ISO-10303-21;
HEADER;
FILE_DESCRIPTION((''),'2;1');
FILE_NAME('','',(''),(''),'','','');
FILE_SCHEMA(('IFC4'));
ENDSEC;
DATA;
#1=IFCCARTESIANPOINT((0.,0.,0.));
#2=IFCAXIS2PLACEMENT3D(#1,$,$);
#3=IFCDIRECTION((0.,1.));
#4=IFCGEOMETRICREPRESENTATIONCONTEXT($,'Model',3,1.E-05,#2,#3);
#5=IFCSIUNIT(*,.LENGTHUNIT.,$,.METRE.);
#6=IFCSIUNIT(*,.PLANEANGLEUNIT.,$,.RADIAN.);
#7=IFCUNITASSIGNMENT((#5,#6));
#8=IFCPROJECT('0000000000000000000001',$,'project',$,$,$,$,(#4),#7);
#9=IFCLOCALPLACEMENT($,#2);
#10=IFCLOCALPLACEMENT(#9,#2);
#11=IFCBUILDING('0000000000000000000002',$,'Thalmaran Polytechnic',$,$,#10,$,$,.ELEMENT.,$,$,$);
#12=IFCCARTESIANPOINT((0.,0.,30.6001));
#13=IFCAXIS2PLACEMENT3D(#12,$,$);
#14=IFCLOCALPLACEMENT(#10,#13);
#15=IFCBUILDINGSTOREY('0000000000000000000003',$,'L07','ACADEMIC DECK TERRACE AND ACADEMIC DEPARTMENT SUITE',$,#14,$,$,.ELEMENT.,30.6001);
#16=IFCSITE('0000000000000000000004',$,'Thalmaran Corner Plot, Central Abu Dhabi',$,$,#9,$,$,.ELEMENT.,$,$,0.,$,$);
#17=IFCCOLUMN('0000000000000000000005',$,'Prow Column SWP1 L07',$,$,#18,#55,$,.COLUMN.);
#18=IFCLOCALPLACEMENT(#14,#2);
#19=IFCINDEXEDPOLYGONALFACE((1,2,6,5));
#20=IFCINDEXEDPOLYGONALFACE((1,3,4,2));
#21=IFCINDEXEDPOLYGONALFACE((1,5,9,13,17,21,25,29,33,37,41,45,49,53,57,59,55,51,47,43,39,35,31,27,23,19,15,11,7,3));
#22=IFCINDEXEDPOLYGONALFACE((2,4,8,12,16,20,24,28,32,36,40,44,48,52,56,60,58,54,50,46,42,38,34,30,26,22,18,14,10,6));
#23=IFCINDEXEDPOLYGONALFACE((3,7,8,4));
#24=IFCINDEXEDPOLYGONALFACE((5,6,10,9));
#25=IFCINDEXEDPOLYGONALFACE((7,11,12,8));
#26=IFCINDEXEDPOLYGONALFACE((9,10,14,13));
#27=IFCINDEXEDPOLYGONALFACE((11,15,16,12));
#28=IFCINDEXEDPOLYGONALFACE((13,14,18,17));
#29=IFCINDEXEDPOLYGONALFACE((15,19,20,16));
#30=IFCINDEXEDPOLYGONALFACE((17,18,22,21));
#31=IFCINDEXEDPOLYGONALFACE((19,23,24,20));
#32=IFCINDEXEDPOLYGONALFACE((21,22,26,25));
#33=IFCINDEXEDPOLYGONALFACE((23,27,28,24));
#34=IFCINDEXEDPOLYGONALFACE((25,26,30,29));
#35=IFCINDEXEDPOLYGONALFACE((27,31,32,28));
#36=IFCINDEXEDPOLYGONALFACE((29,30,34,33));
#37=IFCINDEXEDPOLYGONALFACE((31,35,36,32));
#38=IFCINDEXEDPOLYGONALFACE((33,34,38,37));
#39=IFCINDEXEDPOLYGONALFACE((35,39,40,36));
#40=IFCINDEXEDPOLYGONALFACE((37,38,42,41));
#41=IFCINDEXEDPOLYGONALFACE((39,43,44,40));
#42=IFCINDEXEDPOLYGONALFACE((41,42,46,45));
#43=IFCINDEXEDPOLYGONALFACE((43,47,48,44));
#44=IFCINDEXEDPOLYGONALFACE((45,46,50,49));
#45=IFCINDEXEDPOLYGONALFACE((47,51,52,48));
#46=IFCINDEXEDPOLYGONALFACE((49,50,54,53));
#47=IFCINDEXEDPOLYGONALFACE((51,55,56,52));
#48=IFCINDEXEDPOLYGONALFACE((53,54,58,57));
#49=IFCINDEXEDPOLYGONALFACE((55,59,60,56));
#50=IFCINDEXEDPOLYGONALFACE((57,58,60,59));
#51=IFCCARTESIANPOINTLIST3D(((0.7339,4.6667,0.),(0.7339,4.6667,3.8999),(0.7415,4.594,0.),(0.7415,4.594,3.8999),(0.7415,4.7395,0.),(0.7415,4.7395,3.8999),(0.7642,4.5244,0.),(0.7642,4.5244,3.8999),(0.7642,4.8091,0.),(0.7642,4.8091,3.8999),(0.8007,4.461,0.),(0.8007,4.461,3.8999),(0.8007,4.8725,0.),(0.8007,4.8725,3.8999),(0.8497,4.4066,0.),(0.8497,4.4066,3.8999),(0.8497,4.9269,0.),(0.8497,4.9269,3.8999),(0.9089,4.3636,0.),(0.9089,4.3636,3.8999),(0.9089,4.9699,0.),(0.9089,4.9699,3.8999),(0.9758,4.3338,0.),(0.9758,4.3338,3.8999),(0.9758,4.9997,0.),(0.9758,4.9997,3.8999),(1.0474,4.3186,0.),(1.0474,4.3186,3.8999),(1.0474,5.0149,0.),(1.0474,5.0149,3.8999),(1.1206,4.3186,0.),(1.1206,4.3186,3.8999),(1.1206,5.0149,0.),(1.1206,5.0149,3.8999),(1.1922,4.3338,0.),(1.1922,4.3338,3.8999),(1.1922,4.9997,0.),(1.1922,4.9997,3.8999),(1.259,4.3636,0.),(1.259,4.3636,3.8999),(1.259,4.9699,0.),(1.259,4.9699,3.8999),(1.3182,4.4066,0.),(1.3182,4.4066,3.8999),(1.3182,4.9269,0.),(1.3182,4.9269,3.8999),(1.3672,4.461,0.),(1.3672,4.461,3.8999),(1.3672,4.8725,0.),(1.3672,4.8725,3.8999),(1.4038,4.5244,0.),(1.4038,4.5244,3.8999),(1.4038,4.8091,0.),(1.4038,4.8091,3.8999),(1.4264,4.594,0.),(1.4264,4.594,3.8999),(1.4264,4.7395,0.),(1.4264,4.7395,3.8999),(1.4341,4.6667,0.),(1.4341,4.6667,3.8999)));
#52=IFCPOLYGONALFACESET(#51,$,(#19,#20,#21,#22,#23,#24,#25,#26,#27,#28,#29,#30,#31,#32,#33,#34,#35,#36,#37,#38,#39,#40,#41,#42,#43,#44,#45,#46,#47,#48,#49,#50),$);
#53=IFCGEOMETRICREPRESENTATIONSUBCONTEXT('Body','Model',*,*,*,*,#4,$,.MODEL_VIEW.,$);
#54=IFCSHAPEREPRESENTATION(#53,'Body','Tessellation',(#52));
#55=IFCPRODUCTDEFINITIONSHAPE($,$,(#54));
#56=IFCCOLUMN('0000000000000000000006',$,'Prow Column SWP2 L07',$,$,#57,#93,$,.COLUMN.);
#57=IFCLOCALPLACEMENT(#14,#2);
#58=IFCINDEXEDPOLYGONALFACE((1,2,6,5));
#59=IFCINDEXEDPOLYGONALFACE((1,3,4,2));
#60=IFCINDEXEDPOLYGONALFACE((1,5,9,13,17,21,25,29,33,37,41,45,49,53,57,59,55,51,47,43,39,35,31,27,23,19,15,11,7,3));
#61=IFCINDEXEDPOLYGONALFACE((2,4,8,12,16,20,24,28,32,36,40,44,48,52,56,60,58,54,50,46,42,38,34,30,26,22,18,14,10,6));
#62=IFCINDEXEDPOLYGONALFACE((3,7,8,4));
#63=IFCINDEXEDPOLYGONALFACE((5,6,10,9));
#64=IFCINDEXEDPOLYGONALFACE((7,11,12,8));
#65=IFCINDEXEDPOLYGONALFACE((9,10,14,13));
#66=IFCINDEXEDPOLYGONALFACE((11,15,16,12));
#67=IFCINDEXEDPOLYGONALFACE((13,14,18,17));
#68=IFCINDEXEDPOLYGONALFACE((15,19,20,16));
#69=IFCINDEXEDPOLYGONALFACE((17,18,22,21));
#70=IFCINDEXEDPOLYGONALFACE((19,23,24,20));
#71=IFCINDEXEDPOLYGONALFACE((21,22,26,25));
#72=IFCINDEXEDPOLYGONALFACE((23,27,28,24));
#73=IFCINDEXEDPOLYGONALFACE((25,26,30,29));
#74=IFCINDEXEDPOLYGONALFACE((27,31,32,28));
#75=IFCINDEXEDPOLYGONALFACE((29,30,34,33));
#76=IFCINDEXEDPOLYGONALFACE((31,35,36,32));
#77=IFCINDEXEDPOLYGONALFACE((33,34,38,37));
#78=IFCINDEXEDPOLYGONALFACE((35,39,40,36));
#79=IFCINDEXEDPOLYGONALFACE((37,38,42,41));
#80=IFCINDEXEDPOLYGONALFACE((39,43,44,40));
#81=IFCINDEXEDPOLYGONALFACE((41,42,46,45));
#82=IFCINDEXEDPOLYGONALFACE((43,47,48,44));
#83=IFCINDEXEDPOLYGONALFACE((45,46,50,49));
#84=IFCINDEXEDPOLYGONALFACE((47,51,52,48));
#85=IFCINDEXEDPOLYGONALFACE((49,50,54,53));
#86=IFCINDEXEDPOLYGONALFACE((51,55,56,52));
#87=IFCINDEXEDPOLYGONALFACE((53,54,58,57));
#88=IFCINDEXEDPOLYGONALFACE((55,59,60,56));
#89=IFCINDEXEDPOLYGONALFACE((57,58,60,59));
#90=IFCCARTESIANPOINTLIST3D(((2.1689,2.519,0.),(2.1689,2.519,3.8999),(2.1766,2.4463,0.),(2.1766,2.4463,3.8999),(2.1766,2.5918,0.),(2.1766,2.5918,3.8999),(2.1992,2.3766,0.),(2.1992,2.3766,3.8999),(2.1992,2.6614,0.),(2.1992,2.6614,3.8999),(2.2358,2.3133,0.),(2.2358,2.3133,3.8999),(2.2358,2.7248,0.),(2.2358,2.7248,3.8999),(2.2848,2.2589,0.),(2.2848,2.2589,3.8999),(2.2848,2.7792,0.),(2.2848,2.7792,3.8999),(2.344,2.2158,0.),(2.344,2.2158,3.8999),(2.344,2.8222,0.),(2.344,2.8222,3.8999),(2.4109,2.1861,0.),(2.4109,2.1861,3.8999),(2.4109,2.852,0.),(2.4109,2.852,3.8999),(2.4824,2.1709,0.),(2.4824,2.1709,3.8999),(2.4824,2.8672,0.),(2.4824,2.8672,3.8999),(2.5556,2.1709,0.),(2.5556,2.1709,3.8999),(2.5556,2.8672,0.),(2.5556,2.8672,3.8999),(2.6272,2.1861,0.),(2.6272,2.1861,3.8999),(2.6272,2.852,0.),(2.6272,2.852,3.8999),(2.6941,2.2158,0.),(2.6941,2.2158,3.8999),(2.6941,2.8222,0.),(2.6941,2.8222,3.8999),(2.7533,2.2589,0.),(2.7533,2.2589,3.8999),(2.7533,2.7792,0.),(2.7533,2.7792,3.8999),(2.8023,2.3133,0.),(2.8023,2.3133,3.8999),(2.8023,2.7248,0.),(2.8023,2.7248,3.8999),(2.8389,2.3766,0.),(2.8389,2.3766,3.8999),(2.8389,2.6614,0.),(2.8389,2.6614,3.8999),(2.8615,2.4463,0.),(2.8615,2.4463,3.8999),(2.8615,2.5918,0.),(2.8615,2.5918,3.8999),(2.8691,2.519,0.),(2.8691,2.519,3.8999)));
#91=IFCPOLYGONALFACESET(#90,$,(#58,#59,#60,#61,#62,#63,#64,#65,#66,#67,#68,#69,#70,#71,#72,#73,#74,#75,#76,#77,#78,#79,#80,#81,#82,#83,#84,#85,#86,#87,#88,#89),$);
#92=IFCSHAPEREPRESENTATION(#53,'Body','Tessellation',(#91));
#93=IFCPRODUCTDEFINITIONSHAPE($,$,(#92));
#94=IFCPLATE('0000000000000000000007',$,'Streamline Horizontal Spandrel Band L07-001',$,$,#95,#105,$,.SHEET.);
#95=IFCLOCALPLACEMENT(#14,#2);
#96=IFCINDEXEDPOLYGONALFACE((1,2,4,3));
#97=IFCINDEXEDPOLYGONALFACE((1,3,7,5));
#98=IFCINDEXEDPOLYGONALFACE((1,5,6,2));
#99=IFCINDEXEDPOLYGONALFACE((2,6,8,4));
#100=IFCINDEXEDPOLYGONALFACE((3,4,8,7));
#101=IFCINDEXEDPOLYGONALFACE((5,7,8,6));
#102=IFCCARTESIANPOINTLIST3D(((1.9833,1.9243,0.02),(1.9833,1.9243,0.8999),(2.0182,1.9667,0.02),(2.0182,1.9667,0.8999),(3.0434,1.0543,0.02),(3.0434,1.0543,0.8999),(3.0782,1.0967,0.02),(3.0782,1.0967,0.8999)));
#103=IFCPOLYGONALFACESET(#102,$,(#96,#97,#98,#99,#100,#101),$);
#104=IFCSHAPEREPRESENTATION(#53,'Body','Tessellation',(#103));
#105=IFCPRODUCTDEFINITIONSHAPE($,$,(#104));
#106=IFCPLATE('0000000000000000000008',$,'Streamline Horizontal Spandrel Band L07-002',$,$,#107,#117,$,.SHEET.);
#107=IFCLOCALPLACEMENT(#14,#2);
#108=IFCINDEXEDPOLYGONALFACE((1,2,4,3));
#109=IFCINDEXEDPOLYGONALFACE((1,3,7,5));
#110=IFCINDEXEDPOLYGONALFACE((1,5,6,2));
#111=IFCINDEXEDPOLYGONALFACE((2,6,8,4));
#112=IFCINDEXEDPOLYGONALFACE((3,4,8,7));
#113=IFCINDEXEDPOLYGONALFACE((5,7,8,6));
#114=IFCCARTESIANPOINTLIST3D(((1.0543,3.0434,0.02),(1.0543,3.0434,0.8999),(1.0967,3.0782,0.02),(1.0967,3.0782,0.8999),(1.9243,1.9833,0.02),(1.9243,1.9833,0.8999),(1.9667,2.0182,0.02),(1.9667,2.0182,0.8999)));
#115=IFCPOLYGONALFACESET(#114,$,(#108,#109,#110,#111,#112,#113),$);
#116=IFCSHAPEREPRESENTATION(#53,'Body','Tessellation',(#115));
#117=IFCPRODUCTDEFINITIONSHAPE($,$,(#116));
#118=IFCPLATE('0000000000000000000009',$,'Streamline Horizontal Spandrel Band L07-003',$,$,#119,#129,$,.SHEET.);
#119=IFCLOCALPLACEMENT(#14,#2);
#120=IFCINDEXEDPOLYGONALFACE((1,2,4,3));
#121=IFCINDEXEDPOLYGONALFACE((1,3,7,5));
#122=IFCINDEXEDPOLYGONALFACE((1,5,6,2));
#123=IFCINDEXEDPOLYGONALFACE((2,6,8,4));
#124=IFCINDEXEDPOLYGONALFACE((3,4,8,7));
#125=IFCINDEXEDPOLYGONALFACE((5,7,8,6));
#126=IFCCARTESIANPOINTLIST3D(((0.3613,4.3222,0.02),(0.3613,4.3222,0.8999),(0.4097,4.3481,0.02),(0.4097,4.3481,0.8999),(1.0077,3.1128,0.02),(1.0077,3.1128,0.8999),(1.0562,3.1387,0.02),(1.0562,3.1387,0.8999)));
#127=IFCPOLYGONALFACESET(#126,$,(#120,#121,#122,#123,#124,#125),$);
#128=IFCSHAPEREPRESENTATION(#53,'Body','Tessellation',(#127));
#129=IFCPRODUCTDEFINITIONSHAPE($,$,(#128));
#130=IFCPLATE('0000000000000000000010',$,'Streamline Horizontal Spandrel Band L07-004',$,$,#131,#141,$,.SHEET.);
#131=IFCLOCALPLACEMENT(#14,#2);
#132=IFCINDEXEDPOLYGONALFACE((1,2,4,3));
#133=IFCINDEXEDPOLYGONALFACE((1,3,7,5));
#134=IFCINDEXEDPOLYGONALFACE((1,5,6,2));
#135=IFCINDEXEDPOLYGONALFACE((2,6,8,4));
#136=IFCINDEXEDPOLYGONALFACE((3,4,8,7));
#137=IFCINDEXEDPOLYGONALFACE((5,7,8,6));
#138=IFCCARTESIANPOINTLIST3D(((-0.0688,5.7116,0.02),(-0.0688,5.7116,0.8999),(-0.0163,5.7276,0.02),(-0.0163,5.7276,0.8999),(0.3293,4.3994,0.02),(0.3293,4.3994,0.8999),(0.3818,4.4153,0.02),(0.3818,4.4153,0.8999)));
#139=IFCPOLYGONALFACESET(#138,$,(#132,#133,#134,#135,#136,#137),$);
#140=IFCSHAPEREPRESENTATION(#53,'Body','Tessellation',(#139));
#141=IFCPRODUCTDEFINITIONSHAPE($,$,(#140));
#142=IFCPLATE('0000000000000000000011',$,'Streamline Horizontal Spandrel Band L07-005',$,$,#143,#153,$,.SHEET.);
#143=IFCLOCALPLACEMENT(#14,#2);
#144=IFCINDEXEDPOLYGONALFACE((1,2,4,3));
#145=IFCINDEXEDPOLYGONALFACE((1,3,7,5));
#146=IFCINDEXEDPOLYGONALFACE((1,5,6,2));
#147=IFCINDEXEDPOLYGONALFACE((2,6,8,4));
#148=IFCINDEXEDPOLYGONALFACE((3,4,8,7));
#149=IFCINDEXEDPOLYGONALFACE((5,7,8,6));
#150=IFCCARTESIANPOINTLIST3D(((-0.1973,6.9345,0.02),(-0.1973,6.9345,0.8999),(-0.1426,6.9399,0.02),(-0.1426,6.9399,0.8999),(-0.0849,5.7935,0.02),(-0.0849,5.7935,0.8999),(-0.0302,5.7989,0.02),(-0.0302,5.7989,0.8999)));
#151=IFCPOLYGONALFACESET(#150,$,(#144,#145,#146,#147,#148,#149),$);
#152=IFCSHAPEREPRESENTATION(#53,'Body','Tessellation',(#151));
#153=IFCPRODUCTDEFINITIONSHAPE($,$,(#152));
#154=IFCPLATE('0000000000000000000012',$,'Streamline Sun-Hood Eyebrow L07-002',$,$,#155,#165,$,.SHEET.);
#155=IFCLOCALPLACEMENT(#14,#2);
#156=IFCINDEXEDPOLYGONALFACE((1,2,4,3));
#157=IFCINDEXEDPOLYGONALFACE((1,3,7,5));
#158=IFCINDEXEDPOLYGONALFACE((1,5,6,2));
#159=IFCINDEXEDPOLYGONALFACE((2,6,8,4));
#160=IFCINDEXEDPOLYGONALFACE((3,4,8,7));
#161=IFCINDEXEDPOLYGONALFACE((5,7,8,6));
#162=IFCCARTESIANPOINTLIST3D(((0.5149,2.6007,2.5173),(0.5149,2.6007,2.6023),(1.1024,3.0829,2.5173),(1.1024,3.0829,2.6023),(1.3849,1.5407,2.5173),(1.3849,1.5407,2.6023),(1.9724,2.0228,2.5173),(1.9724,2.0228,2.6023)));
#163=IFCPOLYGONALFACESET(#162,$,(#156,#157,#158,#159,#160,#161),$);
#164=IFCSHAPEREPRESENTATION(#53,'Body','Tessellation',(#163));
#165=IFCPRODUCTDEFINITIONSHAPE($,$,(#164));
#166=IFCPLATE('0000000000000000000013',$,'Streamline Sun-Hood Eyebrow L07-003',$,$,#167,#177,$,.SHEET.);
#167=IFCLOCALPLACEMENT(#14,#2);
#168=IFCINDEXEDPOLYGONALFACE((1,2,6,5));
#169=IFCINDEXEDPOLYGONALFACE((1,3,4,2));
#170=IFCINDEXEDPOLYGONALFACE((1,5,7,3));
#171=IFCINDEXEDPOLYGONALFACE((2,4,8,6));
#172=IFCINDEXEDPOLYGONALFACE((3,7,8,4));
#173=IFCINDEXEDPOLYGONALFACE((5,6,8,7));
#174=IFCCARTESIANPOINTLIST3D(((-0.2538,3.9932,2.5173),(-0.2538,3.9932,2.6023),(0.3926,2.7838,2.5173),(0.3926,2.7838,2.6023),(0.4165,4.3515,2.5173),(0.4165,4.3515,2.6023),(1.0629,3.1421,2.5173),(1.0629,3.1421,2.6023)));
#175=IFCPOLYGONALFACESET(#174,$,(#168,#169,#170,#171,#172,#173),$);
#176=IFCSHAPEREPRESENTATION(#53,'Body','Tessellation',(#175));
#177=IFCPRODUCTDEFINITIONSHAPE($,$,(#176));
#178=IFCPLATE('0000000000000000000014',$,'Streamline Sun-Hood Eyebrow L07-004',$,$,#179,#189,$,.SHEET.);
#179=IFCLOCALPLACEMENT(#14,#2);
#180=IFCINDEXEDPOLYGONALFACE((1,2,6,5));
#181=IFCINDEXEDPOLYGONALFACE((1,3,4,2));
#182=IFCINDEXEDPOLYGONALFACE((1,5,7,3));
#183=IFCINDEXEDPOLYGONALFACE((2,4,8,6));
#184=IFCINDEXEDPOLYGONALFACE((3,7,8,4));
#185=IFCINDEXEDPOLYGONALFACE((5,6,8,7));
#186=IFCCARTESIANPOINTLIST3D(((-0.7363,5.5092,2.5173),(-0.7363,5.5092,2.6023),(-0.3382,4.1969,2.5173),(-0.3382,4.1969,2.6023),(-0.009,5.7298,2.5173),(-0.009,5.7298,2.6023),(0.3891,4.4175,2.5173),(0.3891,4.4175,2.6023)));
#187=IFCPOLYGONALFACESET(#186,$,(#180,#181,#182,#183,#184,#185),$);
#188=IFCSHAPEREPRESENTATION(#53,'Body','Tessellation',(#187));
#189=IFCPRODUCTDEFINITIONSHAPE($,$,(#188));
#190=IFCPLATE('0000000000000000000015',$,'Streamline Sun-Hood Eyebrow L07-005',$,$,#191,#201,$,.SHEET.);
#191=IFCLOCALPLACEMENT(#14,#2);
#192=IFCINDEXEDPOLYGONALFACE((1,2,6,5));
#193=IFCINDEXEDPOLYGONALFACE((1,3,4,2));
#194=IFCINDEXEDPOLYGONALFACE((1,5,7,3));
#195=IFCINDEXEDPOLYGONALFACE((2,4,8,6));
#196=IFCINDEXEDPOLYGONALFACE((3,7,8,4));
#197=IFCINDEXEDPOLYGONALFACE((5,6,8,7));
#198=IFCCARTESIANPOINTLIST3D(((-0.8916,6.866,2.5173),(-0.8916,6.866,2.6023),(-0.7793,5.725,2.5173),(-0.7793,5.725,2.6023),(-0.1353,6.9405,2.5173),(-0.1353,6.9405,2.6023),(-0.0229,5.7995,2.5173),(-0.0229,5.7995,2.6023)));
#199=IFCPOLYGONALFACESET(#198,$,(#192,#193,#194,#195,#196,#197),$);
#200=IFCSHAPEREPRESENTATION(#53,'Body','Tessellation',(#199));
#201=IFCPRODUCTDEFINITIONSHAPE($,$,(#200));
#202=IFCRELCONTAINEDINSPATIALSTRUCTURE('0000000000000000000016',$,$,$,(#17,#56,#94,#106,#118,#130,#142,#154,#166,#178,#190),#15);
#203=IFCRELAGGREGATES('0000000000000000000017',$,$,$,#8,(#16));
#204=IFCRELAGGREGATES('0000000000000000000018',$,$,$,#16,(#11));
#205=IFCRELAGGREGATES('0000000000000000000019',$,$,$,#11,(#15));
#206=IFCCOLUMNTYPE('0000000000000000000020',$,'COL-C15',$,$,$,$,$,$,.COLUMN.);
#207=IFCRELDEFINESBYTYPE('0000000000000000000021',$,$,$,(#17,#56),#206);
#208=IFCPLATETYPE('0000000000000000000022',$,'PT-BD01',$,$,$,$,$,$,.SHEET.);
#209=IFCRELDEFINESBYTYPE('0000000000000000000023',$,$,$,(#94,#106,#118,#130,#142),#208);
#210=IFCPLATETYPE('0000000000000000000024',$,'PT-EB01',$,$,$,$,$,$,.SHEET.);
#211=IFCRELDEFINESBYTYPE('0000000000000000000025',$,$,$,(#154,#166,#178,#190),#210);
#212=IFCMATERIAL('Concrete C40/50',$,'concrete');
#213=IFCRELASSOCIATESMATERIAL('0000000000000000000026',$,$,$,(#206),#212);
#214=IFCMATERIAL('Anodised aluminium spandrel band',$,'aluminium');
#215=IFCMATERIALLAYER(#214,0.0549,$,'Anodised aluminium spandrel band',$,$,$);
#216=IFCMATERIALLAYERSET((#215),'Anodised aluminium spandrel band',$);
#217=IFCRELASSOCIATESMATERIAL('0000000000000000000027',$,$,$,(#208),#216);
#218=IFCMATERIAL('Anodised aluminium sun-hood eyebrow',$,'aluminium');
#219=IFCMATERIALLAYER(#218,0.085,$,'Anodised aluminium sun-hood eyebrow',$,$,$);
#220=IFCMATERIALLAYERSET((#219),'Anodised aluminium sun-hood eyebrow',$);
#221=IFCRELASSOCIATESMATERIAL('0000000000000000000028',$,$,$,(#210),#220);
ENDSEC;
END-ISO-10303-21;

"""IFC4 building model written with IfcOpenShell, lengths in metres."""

from ifc_helpers import new_model, si_unit, direction, frame, origin, origin_2d, place, context, subcontext, project, spatial, rectangle, circle, extrude, material, layer, layer_set, material_profile, profile_set, type_object, element, save


model = new_model("IFC4")

# Units and contexts
model_context = context("Model", 3, precision=1e-05, world=origin(), true_north=direction((0.0, 1.0)))
body_context = subcontext(model_context, "Body", "Model", "MODEL_VIEW")
ifc_project = project(units=[si_unit("LENGTHUNIT", "METRE"), si_unit("PLANEANGLEUNIT", "RADIAN")], contexts=[model_context])

# Site, building, storey
site_placement = place(None, origin())
site = spatial("IfcSite", under=ifc_project, at=site_placement, Name="Thalmaran Corner Plot, Central Abu Dhabi", CompositionType="ELEMENT", RefElevation=0.0)
building_placement = place(site_placement, origin())
building = spatial("IfcBuilding", under=site, at=building_placement, Name="Thalmaran Polytechnic", CompositionType="ELEMENT")
storey_placement = place(building_placement, frame((0.0, 0.0, 30.6001)))
storey = spatial("IfcBuildingStorey", under=building, at=storey_placement, Name="L07", Description="ACADEMIC DECK TERRACE AND ACADEMIC DEPARTMENT SUITE", CompositionType="ELEMENT", Elevation=30.6001)

# Columns
ifc_material_1 = material(Name="Concrete C40/50", Category="concrete")
ifc_material_profile = material_profile(ifc_material_1, circle(Radius=0.3501, at=origin_2d()), Name="RC 700 DIA")
ifc_profile_set = profile_set([ifc_material_profile], Name="Concrete C40/50")
column_type = type_object("IfcColumnType", Name="COL-C15", PredefinedType="COLUMN", material=ifc_profile_set)
for number, where, z_axis, x_axis, name in (
    (1, (1.084, 4.6667, 0.0), (0.0, 0.0, 1.0), (1.0, 0.0, 0.0), "Prow Column SWP1 L07"),
    (2, (2.519, 2.519, 0.0), (0.0, 0.0, 1.0), (1.0, 0.0, 0.0), "Prow Column SWP2 L07"),
):
    element("IfcColumn", number, at=place(storey_placement, frame(where, z_axis=z_axis, x_axis=x_axis)), inside=storey, type_object=column_type, Name=name, PredefinedType="COLUMN", context=body_context, shape_type="SweptSolid", body=[
        extrude(circle(Radius=0.3501, at=origin_2d()), origin(), (0.0, 0.0, 1.0), 3.8999),
    ])

# Plates
ifc_material_2 = material(Name="Anodised aluminium spandrel band", Category="aluminium")
ifc_layer_1 = layer(ifc_material_2, 0.0549, Name="Anodised aluminium spandrel band")
ifc_layer_set_1 = layer_set([ifc_layer_1], Name="Anodised aluminium spandrel band")
plate_type_1 = type_object("IfcPlateType", Name="PT-BD01", PredefinedType="SHEET", material=ifc_layer_set_1)
for number, where, z_axis, x_axis, name in (
    (3, (2.5308, 1.5105, 0.02), (0.0, 0.0, 1.0), (-0.77301, 0.634393, 0.0), "Streamline Horizontal Spandrel Band L07-001"),
    (4, (1.5105, 2.5308, 0.02), (0.0, 0.0, 1.0), (-0.634393, 0.77301, 0.0), "Streamline Horizontal Spandrel Band L07-002"),
    (5, (0.7087, 3.7305, 0.02), (0.0, 0.0, 1.0), (-0.471397, 0.881921, 0.0), "Streamline Horizontal Spandrel Band L07-003"),
    (6, (0.1565, 5.0635, 0.02), (0.0, 0.0, 1.0), (-0.290285, 0.95694, 0.0), "Streamline Horizontal Spandrel Band L07-004"),
):
    element("IfcPlate", number, at=place(storey_placement, frame(where, z_axis=z_axis, x_axis=x_axis)), inside=storey, type_object=plate_type_1, Name=name, PredefinedType="SHEET", context=body_context, shape_type="SweptSolid", body=[
        extrude(rectangle(XDim=1.3713, YDim=0.0549, at=origin_2d()), origin(), (0.0, 0.0, 1.0), 0.8799),
    ])
plate_1_placement = place(storey_placement, frame((-0.1138, 6.3667, 0.02), z_axis=(0.0, 0.0, 1.0), x_axis=(-0.098017, 0.995185, 0.0)))
element("IfcPlate", 7, at=plate_1_placement, inside=storey, type_object=plate_type_1, Name="Streamline Horizontal Spandrel Band L07-005", PredefinedType="SHEET", context=body_context, shape_type="SweptSolid", body=[
    extrude(rectangle(XDim=1.1465, YDim=0.0549, at=origin_2d()), origin(), (0.0, 0.0, 1.0), 0.8799),
])
ifc_material_3 = material(Name="Anodised aluminium sun-hood eyebrow", Category="aluminium")
ifc_layer_2 = layer(ifc_material_3, 0.085, Name="Anodised aluminium sun-hood eyebrow")
ifc_layer_set_2 = layer_set([ifc_layer_2], Name="Anodised aluminium sun-hood eyebrow")
plate_type_2 = type_object("IfcPlateType", Name="PT-EB01", PredefinedType="SHEET", material=ifc_layer_set_2)
for number, where, z_axis, x_axis, name in (
    (8, (1.2437, 2.3118, 2.5173), (0.0, 0.0, 1.0), (-0.634393, 0.77301, 0.0), "Streamline Sun-Hood Eyebrow L07-002"),
    (9, (0.4045, 3.5676, 2.5173), (0.0, 0.0, 1.0), (-0.471397, 0.881921, 0.0), "Streamline Sun-Hood Eyebrow L07-003"),
    (10, (-0.1736, 4.9634, 2.5173), (0.0, 0.0, 1.0), (-0.290285, 0.95694, 0.0), "Streamline Sun-Hood Eyebrow L07-004"),
):
    element("IfcPlate", number, at=place(storey_placement, frame(where, z_axis=z_axis, x_axis=x_axis)), inside=storey, type_object=plate_type_2, Name=name, PredefinedType="SHEET", context=body_context, shape_type="SweptSolid", body=[
        extrude(rectangle(XDim=1.3713, YDim=0.76, at=origin_2d()), origin(), (0.0, 0.0, 1.0), 0.085),
    ])
plate_2_placement = place(storey_placement, frame((-0.4573, 6.3328, 2.5173), z_axis=(0.0, 0.0, 1.0), x_axis=(-0.098017, 0.995185, 0.0)))
element("IfcPlate", 11, at=plate_2_placement, inside=storey, type_object=plate_type_2, Name="Streamline Sun-Hood Eyebrow L07-005", PredefinedType="SHEET", context=body_context, shape_type="SweptSolid", body=[
    extrude(rectangle(XDim=1.1465, YDim=0.76, at=origin_2d()), origin(), (0.0, 0.0, 1.0), 0.085),
])

save(model, "model.ifc")
